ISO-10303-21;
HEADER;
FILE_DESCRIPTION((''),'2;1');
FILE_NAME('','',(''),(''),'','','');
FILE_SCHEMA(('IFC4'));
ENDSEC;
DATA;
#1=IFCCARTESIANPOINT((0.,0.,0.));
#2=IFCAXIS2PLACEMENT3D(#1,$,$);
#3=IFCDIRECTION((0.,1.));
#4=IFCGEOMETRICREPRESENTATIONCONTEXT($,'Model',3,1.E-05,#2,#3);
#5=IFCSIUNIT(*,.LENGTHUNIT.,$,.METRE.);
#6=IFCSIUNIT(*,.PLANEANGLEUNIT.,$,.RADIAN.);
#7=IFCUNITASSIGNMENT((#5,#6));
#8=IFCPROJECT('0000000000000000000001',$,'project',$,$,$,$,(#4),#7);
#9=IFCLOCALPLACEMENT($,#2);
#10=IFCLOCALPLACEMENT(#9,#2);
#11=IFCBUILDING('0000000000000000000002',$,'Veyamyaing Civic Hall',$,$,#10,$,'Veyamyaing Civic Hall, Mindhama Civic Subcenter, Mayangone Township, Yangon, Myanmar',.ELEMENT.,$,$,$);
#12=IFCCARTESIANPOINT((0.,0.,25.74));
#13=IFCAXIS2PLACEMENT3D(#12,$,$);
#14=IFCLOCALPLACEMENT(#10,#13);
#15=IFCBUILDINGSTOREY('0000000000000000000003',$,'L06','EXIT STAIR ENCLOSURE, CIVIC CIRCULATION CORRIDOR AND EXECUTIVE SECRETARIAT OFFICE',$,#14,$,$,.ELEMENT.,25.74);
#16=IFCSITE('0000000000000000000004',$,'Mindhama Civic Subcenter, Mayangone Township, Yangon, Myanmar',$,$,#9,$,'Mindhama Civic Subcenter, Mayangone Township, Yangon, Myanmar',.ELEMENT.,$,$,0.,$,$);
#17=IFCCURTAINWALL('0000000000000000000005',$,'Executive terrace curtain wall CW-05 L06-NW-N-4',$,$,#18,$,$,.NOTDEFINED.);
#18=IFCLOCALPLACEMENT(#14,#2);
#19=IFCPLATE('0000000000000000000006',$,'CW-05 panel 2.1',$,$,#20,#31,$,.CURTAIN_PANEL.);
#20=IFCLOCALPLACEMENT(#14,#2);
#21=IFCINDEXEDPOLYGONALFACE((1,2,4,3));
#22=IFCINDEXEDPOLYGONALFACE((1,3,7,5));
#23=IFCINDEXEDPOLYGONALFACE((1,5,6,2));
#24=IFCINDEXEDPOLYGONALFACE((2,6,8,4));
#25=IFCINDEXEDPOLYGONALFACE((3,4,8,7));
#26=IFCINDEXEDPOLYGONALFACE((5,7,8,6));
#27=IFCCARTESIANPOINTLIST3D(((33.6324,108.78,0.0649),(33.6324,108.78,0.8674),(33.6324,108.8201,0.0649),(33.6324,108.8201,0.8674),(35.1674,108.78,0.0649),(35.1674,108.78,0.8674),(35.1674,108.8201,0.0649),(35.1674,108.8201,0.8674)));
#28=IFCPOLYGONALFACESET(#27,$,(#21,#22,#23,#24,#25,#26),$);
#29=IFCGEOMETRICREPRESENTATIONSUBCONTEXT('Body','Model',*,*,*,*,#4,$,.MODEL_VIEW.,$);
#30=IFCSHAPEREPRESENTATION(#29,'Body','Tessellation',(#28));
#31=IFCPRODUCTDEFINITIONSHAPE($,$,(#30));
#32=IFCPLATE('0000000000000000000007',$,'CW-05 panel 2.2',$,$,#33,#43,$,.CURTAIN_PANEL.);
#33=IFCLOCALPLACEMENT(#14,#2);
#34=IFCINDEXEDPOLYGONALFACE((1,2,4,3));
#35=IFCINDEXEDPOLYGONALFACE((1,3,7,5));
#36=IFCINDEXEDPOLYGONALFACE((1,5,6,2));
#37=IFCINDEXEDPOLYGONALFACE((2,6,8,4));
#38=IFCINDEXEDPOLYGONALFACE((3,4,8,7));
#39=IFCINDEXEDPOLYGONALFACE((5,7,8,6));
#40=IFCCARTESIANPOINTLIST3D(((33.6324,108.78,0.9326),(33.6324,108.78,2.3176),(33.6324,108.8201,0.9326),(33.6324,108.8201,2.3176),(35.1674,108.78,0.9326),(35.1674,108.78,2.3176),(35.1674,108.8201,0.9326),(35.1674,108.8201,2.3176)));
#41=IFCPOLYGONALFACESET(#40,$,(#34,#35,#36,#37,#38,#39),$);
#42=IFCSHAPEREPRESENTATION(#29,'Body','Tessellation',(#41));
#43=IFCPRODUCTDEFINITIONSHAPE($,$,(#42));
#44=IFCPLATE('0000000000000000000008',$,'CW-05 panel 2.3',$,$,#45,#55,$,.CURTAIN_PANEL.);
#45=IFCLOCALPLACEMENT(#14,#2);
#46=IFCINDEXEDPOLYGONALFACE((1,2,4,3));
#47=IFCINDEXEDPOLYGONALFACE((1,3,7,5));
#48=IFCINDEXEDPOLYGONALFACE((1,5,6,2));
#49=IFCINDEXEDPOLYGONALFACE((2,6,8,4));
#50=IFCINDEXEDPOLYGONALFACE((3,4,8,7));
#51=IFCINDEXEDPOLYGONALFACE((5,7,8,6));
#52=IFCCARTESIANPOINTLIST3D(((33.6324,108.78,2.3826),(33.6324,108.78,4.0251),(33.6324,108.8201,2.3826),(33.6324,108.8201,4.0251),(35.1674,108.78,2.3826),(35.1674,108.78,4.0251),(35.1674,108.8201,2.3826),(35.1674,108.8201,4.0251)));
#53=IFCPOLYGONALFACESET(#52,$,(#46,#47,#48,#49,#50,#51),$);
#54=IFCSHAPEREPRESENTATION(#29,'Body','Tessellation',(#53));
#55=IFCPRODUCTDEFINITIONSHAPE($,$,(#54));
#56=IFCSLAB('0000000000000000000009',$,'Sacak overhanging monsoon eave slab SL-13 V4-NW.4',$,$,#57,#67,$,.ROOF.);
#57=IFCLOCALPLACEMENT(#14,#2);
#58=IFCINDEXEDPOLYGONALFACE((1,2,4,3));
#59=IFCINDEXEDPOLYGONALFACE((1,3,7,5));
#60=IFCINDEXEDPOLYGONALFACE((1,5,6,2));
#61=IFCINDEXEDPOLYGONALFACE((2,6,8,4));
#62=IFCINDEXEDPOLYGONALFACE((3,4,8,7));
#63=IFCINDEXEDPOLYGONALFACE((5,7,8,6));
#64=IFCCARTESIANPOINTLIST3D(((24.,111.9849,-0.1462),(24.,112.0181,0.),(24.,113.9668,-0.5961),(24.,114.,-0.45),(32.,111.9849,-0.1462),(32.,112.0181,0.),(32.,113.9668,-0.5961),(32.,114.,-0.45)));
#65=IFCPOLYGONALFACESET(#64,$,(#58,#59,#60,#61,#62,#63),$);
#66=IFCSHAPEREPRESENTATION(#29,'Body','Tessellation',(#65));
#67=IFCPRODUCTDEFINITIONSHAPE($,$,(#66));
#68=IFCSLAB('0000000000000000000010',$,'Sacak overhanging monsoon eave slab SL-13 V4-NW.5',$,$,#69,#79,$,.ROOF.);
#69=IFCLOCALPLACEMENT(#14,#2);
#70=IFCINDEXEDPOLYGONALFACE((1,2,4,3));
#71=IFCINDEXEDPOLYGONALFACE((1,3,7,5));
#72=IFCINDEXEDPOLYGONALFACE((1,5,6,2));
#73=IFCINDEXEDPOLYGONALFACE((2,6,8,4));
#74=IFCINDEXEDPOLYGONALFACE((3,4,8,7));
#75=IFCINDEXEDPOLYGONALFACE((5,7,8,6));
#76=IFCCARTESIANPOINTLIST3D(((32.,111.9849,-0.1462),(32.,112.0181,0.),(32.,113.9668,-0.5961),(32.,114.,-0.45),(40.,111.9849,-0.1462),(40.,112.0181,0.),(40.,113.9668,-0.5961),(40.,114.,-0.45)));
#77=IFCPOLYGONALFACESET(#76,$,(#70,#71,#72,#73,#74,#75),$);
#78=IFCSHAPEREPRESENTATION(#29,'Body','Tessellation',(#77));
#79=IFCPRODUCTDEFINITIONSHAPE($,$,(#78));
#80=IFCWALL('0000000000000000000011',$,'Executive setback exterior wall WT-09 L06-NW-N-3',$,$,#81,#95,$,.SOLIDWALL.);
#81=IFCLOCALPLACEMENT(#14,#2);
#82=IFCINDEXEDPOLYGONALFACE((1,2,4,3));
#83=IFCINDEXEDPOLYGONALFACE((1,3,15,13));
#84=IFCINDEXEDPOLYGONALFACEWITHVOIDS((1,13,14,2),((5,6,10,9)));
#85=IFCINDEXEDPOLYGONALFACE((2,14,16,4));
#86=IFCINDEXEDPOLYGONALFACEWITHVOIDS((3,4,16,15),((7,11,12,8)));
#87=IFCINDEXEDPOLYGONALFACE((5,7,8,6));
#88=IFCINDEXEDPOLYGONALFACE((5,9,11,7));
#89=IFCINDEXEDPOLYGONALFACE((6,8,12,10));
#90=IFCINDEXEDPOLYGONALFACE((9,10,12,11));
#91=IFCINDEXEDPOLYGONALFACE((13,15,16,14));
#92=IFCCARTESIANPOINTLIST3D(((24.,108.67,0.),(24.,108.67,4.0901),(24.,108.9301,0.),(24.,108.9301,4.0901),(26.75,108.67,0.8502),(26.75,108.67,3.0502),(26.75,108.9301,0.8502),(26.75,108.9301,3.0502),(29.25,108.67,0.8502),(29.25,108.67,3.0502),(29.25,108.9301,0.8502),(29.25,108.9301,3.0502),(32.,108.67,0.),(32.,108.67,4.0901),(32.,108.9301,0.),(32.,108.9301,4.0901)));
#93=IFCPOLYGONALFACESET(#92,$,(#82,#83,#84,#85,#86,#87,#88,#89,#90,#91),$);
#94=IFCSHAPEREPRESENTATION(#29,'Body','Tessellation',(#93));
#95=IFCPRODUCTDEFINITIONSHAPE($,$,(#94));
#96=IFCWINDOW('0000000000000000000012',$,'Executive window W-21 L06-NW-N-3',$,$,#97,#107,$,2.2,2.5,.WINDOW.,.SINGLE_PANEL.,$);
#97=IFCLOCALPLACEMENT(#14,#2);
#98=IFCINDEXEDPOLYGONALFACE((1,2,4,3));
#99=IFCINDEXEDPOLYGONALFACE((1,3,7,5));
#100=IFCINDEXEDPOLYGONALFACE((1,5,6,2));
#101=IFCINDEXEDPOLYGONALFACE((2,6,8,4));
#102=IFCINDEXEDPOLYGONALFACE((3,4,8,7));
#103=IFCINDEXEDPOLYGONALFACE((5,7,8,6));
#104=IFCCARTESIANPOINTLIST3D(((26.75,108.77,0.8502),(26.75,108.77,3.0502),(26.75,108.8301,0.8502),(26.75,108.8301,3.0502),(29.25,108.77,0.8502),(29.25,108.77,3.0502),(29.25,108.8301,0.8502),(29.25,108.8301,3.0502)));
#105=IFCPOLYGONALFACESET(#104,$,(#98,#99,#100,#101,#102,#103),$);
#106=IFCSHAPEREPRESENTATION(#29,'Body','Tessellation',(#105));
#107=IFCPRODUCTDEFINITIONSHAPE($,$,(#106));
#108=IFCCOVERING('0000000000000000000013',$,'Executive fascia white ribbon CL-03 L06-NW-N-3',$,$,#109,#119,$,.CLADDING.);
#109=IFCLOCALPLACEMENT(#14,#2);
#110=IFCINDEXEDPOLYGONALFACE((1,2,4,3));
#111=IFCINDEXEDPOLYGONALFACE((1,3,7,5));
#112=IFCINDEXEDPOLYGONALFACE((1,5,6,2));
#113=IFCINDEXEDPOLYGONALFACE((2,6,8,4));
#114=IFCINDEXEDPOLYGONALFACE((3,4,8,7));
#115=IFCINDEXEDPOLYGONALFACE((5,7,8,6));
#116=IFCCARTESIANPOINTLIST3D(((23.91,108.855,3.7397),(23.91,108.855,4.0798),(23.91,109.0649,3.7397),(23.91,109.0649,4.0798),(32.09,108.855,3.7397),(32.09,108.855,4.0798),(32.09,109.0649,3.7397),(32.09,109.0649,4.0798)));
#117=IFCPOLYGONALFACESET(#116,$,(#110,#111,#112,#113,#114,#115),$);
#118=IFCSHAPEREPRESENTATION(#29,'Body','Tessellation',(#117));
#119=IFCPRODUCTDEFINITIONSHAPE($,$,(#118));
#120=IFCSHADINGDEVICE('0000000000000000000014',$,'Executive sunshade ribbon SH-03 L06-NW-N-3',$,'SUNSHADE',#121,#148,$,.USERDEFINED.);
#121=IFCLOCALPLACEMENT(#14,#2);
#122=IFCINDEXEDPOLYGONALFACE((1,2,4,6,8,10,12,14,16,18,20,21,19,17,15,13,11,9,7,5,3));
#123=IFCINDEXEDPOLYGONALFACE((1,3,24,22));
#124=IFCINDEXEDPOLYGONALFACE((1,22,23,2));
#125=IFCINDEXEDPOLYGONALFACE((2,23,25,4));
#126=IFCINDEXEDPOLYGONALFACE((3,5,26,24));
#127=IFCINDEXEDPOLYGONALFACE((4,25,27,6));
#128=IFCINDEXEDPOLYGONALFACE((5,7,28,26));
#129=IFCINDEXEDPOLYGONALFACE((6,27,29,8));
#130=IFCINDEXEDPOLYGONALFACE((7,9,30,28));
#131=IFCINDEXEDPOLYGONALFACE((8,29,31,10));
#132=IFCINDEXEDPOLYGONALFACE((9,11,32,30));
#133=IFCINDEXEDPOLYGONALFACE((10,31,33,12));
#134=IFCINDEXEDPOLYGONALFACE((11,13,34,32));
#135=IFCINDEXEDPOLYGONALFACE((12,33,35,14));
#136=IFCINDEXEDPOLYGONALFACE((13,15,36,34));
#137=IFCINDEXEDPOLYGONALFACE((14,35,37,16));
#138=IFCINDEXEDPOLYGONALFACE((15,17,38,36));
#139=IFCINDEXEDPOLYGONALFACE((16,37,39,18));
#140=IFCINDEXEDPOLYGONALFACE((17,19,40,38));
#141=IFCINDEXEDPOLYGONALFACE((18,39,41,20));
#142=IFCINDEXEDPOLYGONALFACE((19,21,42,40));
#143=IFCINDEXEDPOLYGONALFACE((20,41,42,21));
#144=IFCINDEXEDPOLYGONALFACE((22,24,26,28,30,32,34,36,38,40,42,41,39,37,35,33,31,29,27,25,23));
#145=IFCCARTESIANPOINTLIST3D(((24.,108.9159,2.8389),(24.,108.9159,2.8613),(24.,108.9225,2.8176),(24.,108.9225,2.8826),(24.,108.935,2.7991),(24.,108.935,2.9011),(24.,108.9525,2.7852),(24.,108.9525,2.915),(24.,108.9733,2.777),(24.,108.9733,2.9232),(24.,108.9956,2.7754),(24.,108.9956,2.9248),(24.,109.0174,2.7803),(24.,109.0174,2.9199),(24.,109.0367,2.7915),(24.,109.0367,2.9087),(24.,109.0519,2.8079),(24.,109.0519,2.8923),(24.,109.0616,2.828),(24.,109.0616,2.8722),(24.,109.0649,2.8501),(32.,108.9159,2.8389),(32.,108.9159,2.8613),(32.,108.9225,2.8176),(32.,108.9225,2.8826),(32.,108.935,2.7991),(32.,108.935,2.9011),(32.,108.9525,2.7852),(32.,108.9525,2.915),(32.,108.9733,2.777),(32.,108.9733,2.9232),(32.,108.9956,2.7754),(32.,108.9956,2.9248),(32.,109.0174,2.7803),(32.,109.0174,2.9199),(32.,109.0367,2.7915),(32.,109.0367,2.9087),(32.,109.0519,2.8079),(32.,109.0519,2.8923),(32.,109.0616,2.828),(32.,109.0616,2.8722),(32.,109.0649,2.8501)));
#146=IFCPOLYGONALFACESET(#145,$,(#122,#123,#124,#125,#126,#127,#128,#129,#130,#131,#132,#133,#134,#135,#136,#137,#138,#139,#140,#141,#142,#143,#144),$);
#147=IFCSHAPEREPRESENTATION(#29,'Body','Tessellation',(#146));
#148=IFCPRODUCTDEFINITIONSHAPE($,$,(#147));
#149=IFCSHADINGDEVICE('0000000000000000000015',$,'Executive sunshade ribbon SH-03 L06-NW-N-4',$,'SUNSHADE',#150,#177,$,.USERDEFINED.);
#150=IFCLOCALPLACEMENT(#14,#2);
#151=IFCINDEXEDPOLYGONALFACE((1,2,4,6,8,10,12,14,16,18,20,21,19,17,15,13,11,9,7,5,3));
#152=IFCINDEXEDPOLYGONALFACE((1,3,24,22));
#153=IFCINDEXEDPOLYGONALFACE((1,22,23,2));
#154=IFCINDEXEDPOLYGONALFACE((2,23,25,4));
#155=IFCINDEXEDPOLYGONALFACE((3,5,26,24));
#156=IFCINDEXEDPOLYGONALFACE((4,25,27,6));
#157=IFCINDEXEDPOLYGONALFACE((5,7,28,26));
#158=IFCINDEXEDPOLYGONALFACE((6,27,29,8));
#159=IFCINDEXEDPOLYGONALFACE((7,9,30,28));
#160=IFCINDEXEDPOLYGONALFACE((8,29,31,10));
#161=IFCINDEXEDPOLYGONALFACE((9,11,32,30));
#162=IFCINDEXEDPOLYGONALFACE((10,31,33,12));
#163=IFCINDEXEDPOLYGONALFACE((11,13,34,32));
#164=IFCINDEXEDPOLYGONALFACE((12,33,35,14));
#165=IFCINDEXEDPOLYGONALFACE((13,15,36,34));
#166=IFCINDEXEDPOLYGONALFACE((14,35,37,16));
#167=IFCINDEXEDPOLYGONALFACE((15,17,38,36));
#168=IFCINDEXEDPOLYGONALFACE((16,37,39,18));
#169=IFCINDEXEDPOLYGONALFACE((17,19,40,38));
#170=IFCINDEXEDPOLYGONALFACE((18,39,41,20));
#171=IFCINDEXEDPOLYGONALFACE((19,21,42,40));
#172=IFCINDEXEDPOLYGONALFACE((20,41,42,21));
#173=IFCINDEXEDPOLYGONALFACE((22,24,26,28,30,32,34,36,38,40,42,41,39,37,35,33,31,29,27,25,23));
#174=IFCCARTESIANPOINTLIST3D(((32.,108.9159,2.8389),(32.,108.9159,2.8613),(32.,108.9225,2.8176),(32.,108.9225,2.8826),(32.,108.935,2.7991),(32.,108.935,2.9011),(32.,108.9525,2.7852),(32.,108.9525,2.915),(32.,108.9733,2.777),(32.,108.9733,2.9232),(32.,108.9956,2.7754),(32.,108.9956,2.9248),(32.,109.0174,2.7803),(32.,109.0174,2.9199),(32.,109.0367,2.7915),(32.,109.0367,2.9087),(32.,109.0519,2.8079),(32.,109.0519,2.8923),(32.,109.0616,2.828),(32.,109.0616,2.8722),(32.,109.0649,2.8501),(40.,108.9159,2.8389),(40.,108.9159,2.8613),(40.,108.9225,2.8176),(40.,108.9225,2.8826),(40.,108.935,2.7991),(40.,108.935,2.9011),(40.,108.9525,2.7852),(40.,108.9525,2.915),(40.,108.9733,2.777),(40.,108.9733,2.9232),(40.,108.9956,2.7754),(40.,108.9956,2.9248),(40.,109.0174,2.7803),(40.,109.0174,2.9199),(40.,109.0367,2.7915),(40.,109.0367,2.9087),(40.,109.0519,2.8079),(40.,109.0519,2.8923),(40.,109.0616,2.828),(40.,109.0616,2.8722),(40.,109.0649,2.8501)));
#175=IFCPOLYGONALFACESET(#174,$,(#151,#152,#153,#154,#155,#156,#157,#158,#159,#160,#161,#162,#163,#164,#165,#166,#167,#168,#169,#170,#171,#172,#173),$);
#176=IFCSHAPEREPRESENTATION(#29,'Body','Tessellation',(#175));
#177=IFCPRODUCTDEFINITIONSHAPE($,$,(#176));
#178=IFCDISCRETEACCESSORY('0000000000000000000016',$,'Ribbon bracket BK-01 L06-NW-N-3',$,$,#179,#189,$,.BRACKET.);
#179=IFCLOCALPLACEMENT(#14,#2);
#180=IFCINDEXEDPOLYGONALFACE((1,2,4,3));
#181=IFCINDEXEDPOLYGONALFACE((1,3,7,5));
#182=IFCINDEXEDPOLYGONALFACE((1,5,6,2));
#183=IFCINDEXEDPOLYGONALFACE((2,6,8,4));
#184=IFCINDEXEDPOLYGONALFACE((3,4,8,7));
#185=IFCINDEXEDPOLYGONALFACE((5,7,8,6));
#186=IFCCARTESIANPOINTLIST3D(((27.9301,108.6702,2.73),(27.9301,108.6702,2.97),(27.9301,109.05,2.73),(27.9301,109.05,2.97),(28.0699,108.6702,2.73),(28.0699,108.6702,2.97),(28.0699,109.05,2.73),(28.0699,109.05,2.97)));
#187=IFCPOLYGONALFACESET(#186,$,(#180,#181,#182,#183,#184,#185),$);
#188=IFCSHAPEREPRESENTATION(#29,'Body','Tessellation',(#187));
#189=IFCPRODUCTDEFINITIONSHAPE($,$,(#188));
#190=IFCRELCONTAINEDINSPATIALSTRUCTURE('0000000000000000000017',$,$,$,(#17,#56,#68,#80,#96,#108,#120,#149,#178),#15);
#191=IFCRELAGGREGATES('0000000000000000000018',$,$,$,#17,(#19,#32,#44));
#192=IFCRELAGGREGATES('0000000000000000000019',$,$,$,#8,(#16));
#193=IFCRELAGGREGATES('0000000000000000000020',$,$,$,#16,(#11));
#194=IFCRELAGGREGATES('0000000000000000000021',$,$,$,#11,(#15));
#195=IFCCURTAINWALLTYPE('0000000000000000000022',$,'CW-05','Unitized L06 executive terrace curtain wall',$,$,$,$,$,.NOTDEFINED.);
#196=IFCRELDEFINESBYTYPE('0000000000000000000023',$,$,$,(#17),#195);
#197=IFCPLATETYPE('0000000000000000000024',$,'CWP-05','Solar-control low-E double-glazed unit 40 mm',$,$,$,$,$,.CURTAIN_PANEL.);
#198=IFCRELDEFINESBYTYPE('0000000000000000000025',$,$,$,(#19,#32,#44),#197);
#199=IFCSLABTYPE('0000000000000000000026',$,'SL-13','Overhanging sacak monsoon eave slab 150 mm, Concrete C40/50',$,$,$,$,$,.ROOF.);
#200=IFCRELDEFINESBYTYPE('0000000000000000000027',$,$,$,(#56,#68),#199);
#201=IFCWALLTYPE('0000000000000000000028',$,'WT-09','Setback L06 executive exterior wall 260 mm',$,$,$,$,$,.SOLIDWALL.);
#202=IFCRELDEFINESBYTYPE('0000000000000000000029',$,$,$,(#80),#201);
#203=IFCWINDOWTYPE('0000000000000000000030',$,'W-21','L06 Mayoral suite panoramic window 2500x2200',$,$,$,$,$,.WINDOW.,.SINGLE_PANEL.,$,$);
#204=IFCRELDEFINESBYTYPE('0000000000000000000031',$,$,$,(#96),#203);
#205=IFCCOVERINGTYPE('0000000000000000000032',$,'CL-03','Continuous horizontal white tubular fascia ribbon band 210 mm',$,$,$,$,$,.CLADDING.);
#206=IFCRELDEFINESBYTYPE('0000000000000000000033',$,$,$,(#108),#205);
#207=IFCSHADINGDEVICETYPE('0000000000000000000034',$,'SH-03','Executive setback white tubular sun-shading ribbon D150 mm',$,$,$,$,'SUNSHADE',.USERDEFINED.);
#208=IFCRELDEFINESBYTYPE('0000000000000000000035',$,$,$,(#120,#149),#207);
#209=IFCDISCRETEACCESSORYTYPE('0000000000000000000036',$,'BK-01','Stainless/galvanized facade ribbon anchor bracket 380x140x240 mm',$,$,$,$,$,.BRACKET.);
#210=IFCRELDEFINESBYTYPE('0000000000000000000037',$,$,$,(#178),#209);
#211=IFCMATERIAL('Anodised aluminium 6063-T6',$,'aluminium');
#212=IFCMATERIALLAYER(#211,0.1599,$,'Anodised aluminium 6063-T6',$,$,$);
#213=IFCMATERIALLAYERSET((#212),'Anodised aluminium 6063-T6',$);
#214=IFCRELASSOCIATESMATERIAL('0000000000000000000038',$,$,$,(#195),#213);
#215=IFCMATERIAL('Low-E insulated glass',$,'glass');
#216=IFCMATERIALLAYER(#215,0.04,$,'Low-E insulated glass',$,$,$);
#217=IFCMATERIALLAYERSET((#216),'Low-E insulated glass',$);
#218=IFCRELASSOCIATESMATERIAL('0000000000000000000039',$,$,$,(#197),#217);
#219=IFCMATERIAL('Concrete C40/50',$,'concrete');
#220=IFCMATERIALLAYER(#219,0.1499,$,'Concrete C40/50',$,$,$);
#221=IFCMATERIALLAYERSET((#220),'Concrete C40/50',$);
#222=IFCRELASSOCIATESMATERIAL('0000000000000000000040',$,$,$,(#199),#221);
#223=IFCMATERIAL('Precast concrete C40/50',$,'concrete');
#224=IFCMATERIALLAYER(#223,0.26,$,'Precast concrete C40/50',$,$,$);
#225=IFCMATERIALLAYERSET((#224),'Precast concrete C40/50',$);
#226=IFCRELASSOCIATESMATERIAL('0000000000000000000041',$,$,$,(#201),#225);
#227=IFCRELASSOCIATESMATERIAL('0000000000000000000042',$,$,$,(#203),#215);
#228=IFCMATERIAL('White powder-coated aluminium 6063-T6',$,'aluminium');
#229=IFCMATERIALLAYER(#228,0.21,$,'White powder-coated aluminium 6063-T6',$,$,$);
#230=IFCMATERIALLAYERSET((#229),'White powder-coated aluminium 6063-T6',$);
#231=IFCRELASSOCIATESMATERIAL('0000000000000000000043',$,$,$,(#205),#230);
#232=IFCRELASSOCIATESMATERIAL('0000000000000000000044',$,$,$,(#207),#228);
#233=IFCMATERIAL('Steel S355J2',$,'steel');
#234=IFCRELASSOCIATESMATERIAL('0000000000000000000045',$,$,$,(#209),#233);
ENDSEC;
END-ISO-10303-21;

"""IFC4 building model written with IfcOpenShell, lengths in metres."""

from ifc_helpers import new_model, si_unit, direction, frame, frame_2d, origin, origin_2d, place, context, subcontext, project, spatial, polyline, rectangle, circle, outline, extrude, material, layer, layer_set, material_profile, profile_set, type_object, element, fill, aggregate, save


model = new_model("IFC4")

# Units and contexts
model_context = context("Model", 3, precision=1e-05, world=origin(), true_north=direction((0.0, 1.0)))
body_context = subcontext(model_context, "Body", "Model", "MODEL_VIEW")
ifc_project = project(units=[si_unit("LENGTHUNIT", "METRE"), si_unit("PLANEANGLEUNIT", "RADIAN")], contexts=[model_context])

# Site, building, storey
site_placement = place(None, origin())
site = spatial("IfcSite", under=ifc_project, at=site_placement, Name="Mindhama Civic Subcenter, Mayangone Township, Yangon, Myanmar", LongName="Mindhama Civic Subcenter, Mayangone Township, Yangon, Myanmar", CompositionType="ELEMENT", RefElevation=0.0)
building_placement = place(site_placement, origin())
building = spatial("IfcBuilding", under=site, at=building_placement, Name="Veyamyaing Civic Hall", LongName="Veyamyaing Civic Hall, Mindhama Civic Subcenter, Mayangone Township, Yangon, Myanmar", CompositionType="ELEMENT")
storey_placement = place(building_placement, frame((0.0, 0.0, 25.74)))
storey = spatial("IfcBuildingStorey", under=building, at=storey_placement, Name="L06", Description="EXIT STAIR ENCLOSURE, CIVIC CIRCULATION CORRIDOR AND EXECUTIVE SECRETARIAT OFFICE", CompositionType="ELEMENT", Elevation=25.74)

# Shared definitions
ifc_material_1 = material(Name="Anodised aluminium 6063-T6", Category="aluminium")
ifc_layer_1 = layer(ifc_material_1, 0.1599, Name="Anodised aluminium 6063-T6")
ifc_layer_set_1 = layer_set([ifc_layer_1], Name="Anodised aluminium 6063-T6")
curtain_wall_type = type_object("IfcCurtainWallType", Name="CW-05", Description="Unitized L06 executive terrace curtain wall", PredefinedType="NOTDEFINED", material=ifc_layer_set_1)

# Curtain wall
curtain_wall_1_placement = place(storey_placement, origin())
curtain_wall_1 = element("IfcCurtainWall", 1, at=curtain_wall_1_placement, inside=storey, type_object=curtain_wall_type, Name="Executive terrace curtain wall CW-05 L06-NW-N-4", PredefinedType="NOTDEFINED")

# Plates
ifc_material_2 = material(Name="Low-E insulated glass", Category="glass")
ifc_layer_2 = layer(ifc_material_2, 0.04, Name="Low-E insulated glass")
ifc_layer_set_2 = layer_set([ifc_layer_2], Name="Low-E insulated glass")
plate_type = type_object("IfcPlateType", Name="CWP-05", Description="Solar-control low-E double-glazed unit 40 mm", PredefinedType="CURTAIN_PANEL", material=ifc_layer_set_2)
plate_1_placement = place(storey_placement, frame((34.3999, 108.8, 0.0649), z_axis=(0.0, 0.0, 1.0), x_axis=(1.0, 0.0, 0.0)))
plate_1 = element("IfcPlate", 2, at=plate_1_placement, type_object=plate_type, Name="CW-05 panel 2.1", PredefinedType="CURTAIN_PANEL", context=body_context, shape_type="SweptSolid", body=[
    extrude(rectangle(XDim=1.5349, YDim=0.04, at=origin_2d()), origin(), (0.0, 0.0, 1.0), 0.8025),
])
plate_2_placement = place(storey_placement, frame((34.3999, 108.8, 0.9326), z_axis=(0.0, 0.0, 1.0), x_axis=(1.0, 0.0, 0.0)))
plate_2 = element("IfcPlate", 3, at=plate_2_placement, type_object=plate_type, Name="CW-05 panel 2.2", PredefinedType="CURTAIN_PANEL", context=body_context, shape_type="SweptSolid", body=[
    extrude(rectangle(XDim=1.5349, YDim=0.04, at=origin_2d()), origin(), (0.0, 0.0, 1.0), 1.385),
])
plate_3_placement = place(storey_placement, frame((34.3999, 108.8, 2.3826), z_axis=(0.0, 0.0, 1.0), x_axis=(1.0, 0.0, 0.0)))
plate_3 = element("IfcPlate", 4, at=plate_3_placement, type_object=plate_type, Name="CW-05 panel 2.3", PredefinedType="CURTAIN_PANEL", context=body_context, shape_type="SweptSolid", body=[
    extrude(rectangle(XDim=1.5349, YDim=0.04, at=origin_2d()), origin(), (0.0, 0.0, 1.0), 1.6426),
])
aggregate(curtain_wall_1, [plate_1, plate_2, plate_3])

# Slabs
ifc_material_3 = material(Name="Concrete C40/50", Category="concrete")
ifc_layer_3 = layer(ifc_material_3, 0.1499, Name="Concrete C40/50")
ifc_layer_set_3 = layer_set([ifc_layer_3], Name="Concrete C40/50")
slab_type = type_object("IfcSlabType", Name="SL-13", Description="Overhanging sacak monsoon eave slab 150 mm, Concrete C40/50", PredefinedType="ROOF", material=ifc_layer_set_3)
for number, where, z_axis, x_axis, name in (
    (5, (24.0, 112.0181, 0.0), (0.0, 0.221393, 0.975185), (1.0, 0.0, 0.0), "Sacak overhanging monsoon eave slab SL-13 V4-NW.4"),
    (6, (32.0, 112.0181, 0.0), (0.0, 0.221393, 0.975185), (1.0, 0.0, 0.0), "Sacak overhanging monsoon eave slab SL-13 V4-NW.5"),
):
    element("IfcSlab", number, at=place(storey_placement, frame(where, z_axis=z_axis, x_axis=x_axis)), inside=storey, type_object=slab_type, Name=name, PredefinedType="ROOF", context=body_context, shape_type="SweptSolid", body=[
        extrude(outline(polyline([(0.0, 0.0), (8.0, 0.0), (8.0, 2.0324), (0.0, 2.0324), (0.0, 0.0)])), origin(), (0.0, 0.0, -1.0), 0.1499),
    ])

# Wall, opening, window
ifc_material_4 = material(Name="Precast concrete C40/50", Category="concrete")
ifc_layer_4 = layer(ifc_material_4, 0.26, Name="Precast concrete C40/50")
ifc_layer_set_4 = layer_set([ifc_layer_4], Name="Precast concrete C40/50")
wall_type = type_object("IfcWallType", Name="WT-09", Description="Setback L06 executive exterior wall 260 mm", PredefinedType="SOLIDWALL", material=ifc_layer_set_4)
wall_placement = place(storey_placement, frame((24.0, 108.8, 0.0), z_axis=(0.0, 0.0, 1.0), x_axis=(1.0, 0.0, 0.0)))
wall = element("IfcWall", 7, at=wall_placement, inside=storey, type_object=wall_type, Name="Executive setback exterior wall WT-09 L06-NW-N-3", PredefinedType="SOLIDWALL", context=body_context, shape_type="SweptSolid", body=[
    extrude(rectangle(XDim=8.0, YDim=0.26, at=frame_2d((4.0, 0.0))), origin(), (0.0, 0.0, 1.0), 4.0901),
])
opening_placement = place(wall_placement, frame((2.75, 0.0, 0.8501)))
opening = element("IfcOpeningElement", 8, at=opening_placement, cuts=wall, PredefinedType="OPENING", context=body_context, shape_type="SweptSolid", body=[
    extrude(rectangle(XDim=2.5, YDim=2.2, at=frame_2d((1.25, 1.1001))), frame((0.0, 0.1399, 0.0), z_axis=(0.0, -1.0, 0.0), x_axis=(1.0, 0.0, 0.0)), (0.0, 0.0, 1.0), 0.28),
])
window_type = type_object("IfcWindowType", Name="W-21", Description="L06 Mayoral suite panoramic window 2500x2200", PartitioningType="SINGLE_PANEL", PredefinedType="WINDOW", material=ifc_material_2)
window_placement = place(opening_placement, origin())
window = element("IfcWindow", 9, at=window_placement, inside=storey, type_object=window_type, Name="Executive window W-21 L06-NW-N-3", OverallHeight=2.2, OverallWidth=2.5, PartitioningType="SINGLE_PANEL", PredefinedType="WINDOW", context=body_context, shape_type="SweptSolid", body=[
    extrude(rectangle(XDim=2.5, YDim=2.2, at=frame_2d((1.25, 1.1001))), frame((0.0, 0.03, 0.0), z_axis=(0.0, -1.0, 0.0), x_axis=(1.0, 0.0, 0.0)), (0.0, 0.0, 1.0), 0.0601),
])
fill(opening, window)

# Covering
ifc_material_5 = material(Name="White powder-coated aluminium 6063-T6", Category="aluminium")
ifc_layer_5 = layer(ifc_material_5, 0.21, Name="White powder-coated aluminium 6063-T6")
ifc_layer_set_5 = layer_set([ifc_layer_5], Name="White powder-coated aluminium 6063-T6")
covering_type = type_object("IfcCoveringType", Name="CL-03", Description="Continuous horizontal white tubular fascia ribbon band 210 mm", PredefinedType="CLADDING", material=ifc_layer_set_5)
covering_placement = place(storey_placement, frame((28.0, 108.96, 3.7397), z_axis=(0.0, 0.0, 1.0), x_axis=(1.0, 0.0, 0.0)))
element("IfcCovering", 10, at=covering_placement, inside=storey, type_object=covering_type, Name="Executive fascia white ribbon CL-03 L06-NW-N-3", PredefinedType="CLADDING", context=body_context, shape_type="SweptSolid", body=[
    extrude(rectangle(XDim=8.1799, YDim=0.21, at=origin_2d()), origin(), (0.0, 0.0, 1.0), 0.3401),
])

# Shading devices
ifc_material_profile_1 = material_profile(ifc_material_5, circle(Radius=0.075, at=origin_2d()), Name="SHADE-TUBE-150")
ifc_profile_set_1 = profile_set([ifc_material_profile_1], Name="White powder-coated aluminium 6063-T6")
shading_device_type = type_object("IfcShadingDeviceType", Name="SH-03", Description="Executive setback white tubular sun-shading ribbon D150 mm", ElementType="SUNSHADE", PredefinedType="USERDEFINED", material=ifc_profile_set_1)
for number, where, z_axis, x_axis, name in (
    (11, (24.0, 108.99, 2.8501), (1.0, 0.0, 0.0), (0.0, 1.0, 0.0), "Executive sunshade ribbon SH-03 L06-NW-N-3"),
    (12, (32.0, 108.99, 2.8501), (1.0, 0.0, 0.0), (0.0, 1.0, 0.0), "Executive sunshade ribbon SH-03 L06-NW-N-4"),
):
    element("IfcShadingDevice", number, at=place(storey_placement, frame(where, z_axis=z_axis, x_axis=x_axis)), inside=storey, type_object=shading_device_type, Name=name, ObjectType="SUNSHADE", PredefinedType="USERDEFINED", context=body_context, shape_type="SweptSolid", body=[
        extrude(circle(Radius=0.075, at=origin_2d()), origin(), (0.0, 0.0, 1.0), 8.0),
    ])

# Discrete accessory
ifc_material_6 = material(Name="Steel S355J2", Category="steel")
discrete_accessory_type = type_object("IfcDiscreteAccessoryType", Name="BK-01", Description="Stainless/galvanized facade ribbon anchor bracket 380x140x240 mm", PredefinedType="BRACKET", material=ifc_material_6)
discrete_accessory_placement = place(storey_placement, frame((28.0, 108.8601, 2.73), z_axis=(0.0, 0.0, 1.0), x_axis=(0.0, 1.0, 0.0)))
element("IfcDiscreteAccessory", 13, at=discrete_accessory_placement, inside=storey, type_object=discrete_accessory_type, Name="Ribbon bracket BK-01 L06-NW-N-3", PredefinedType="BRACKET", context=body_context, shape_type="SweptSolid", body=[
    extrude(rectangle(XDim=0.3799, YDim=0.1399, at=origin_2d()), origin(), (0.0, 0.0, 1.0), 0.24),
])

save(model, "model.ifc")
